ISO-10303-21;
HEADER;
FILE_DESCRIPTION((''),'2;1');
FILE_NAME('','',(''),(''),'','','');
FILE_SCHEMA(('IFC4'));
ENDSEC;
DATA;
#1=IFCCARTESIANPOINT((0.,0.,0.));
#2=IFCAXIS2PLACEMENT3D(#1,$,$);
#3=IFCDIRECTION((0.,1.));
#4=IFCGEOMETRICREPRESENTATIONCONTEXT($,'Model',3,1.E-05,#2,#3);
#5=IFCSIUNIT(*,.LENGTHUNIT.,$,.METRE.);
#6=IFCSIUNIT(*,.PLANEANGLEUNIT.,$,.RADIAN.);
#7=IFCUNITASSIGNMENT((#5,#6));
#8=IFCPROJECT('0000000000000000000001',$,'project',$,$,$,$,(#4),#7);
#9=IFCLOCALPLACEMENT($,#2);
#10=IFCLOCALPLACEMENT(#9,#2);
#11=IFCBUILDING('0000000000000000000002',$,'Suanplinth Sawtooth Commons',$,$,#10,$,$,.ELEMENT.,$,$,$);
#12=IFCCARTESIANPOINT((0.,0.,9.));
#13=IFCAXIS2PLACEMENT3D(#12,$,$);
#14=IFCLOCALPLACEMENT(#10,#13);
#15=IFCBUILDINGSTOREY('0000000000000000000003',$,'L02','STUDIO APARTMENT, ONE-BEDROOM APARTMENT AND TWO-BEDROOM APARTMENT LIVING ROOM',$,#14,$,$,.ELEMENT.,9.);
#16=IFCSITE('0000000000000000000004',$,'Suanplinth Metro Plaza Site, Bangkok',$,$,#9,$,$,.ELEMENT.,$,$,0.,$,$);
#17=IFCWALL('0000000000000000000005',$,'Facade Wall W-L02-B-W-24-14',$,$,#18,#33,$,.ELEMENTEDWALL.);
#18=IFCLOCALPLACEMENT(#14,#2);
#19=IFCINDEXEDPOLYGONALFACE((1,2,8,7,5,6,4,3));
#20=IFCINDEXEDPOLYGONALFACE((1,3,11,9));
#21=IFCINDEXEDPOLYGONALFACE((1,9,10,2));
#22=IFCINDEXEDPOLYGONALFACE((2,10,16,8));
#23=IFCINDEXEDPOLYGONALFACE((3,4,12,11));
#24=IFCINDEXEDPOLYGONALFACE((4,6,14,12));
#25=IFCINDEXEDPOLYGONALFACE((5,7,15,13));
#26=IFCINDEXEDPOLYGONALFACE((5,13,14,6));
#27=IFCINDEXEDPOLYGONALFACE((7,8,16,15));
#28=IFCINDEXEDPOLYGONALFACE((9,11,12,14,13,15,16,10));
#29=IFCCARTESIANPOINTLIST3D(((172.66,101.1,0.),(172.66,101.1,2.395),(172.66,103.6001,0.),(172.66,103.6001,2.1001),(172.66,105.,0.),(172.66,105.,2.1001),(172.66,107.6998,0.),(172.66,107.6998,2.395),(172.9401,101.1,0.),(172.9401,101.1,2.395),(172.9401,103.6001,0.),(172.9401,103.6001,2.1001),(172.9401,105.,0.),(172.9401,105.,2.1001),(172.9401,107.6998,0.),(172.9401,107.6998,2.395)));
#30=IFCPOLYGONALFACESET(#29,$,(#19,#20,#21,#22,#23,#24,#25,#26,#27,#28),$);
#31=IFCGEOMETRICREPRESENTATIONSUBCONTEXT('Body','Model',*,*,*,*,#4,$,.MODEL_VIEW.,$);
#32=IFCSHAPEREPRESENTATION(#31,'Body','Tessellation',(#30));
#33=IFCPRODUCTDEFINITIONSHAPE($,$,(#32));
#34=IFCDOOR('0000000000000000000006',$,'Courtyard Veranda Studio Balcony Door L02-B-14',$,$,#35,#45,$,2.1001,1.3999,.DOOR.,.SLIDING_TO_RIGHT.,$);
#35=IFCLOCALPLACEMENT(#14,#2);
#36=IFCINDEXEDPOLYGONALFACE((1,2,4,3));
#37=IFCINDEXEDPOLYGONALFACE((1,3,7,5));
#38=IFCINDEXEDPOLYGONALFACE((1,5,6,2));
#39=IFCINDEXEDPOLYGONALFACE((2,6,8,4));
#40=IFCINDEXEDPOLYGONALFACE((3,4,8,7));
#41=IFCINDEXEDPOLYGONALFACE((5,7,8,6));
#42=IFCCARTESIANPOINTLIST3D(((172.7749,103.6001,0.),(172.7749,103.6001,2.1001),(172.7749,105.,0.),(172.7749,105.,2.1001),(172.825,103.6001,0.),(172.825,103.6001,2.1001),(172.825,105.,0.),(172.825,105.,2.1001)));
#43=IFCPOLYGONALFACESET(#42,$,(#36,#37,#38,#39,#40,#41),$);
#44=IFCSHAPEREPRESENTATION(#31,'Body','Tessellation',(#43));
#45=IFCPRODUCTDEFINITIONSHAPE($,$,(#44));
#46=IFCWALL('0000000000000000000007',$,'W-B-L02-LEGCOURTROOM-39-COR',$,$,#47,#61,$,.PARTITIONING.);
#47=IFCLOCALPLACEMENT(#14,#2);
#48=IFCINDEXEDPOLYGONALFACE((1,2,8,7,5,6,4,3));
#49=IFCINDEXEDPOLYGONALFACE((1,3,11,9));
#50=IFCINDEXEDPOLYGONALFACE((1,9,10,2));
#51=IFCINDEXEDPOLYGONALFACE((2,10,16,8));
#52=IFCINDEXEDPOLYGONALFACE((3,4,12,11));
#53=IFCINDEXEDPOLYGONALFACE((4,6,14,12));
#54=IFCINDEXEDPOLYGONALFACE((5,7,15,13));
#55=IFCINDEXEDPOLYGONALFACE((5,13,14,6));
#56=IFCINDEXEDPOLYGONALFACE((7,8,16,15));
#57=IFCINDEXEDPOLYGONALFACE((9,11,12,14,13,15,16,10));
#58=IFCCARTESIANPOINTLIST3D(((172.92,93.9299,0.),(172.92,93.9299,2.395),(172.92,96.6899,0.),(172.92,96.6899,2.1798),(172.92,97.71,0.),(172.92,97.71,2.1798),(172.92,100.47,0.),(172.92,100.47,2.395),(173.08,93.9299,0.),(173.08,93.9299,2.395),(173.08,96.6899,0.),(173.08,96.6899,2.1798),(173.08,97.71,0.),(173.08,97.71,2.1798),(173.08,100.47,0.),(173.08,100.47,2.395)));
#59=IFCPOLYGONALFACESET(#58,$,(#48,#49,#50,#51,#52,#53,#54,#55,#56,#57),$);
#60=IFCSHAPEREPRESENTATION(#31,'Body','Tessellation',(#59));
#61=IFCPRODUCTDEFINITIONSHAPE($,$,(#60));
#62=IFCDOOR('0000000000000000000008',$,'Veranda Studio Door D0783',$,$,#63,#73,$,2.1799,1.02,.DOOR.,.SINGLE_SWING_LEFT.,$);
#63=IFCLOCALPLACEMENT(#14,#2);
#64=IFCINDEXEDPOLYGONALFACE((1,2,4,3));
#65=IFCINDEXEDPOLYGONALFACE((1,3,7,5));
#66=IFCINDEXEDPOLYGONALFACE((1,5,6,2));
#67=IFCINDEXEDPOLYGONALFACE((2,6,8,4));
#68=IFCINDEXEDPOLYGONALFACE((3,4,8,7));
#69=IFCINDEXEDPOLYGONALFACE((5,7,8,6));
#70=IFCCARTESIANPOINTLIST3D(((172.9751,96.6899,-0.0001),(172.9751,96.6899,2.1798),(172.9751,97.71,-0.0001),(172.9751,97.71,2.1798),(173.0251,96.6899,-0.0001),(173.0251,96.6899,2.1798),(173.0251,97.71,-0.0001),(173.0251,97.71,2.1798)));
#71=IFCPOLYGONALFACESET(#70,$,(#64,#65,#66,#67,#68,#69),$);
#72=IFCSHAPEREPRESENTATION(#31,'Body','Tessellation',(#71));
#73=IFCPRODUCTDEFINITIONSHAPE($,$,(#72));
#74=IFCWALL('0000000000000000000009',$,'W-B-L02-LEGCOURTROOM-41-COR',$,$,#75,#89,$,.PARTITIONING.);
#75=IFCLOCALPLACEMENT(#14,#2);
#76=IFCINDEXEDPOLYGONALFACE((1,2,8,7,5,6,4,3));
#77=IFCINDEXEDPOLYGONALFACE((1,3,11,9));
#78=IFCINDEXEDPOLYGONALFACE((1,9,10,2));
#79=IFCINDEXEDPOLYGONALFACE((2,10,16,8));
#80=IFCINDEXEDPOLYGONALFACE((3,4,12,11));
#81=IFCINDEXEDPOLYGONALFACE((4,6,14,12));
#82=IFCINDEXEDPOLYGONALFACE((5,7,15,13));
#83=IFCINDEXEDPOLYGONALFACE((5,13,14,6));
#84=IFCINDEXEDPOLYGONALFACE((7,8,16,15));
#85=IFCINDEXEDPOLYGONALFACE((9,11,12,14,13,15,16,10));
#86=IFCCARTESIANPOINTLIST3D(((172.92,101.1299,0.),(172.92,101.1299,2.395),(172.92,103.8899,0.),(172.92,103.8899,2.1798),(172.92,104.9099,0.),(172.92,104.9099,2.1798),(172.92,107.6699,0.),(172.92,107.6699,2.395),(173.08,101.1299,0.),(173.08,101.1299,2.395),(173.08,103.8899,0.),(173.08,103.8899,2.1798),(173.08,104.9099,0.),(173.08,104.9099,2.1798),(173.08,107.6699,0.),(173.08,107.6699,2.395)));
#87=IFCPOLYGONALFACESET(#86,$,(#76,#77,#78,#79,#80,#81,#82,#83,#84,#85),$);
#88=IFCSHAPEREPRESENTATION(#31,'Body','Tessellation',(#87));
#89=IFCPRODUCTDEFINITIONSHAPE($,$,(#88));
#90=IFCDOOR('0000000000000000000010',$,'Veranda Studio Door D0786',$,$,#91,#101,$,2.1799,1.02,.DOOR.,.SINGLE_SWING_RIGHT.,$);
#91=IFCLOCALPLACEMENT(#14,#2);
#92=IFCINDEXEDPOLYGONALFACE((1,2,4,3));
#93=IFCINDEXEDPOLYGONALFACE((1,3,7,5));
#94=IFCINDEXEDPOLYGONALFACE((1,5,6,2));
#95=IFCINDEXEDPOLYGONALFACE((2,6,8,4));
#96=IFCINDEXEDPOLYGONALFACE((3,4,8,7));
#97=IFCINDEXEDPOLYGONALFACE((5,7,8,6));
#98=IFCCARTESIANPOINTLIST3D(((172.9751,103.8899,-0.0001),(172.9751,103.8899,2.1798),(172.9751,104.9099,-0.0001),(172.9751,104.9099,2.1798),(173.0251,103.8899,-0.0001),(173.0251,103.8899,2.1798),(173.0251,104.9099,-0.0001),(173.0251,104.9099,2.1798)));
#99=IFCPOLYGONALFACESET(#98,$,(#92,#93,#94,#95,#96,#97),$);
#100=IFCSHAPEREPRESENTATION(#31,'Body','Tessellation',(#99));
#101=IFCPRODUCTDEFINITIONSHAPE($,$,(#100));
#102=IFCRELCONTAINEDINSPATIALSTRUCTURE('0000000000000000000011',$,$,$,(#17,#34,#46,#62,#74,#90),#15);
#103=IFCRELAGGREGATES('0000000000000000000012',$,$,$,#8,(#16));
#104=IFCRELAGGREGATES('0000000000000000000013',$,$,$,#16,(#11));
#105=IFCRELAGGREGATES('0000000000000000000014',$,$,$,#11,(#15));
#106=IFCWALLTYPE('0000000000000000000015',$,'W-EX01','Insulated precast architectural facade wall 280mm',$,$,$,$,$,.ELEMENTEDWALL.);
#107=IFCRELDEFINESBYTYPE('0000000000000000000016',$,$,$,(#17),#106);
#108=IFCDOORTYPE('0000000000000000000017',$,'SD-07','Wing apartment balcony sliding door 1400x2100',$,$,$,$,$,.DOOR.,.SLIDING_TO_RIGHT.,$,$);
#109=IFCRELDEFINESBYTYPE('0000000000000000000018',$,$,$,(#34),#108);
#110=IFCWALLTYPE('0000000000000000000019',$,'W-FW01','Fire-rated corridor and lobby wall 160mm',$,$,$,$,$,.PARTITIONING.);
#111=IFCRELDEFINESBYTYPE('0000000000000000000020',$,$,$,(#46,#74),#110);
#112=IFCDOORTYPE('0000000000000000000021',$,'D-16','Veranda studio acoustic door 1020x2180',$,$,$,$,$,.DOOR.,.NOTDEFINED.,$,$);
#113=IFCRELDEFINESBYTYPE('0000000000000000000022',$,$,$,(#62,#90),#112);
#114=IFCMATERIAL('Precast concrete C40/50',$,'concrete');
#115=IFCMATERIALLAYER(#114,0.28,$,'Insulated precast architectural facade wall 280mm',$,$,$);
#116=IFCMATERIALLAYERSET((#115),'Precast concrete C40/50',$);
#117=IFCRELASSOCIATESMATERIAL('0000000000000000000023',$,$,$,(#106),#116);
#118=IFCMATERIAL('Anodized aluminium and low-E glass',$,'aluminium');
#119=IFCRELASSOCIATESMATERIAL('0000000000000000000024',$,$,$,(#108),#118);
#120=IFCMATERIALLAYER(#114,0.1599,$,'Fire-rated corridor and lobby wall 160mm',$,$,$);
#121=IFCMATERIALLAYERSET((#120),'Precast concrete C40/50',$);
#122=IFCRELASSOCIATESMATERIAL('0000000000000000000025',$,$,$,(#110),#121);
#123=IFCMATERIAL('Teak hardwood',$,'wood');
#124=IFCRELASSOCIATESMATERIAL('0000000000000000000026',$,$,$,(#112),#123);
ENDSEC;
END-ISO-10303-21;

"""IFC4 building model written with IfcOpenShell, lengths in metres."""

from ifc_helpers import new_model, si_unit, direction, frame, frame_2d, origin, place, context, subcontext, project, spatial, rectangle, extrude, material, layer, layer_set, type_object, element, fill, save


model = new_model("IFC4")

# Units and contexts
model_context = context("Model", 3, precision=1e-05, world=origin(), true_north=direction((0.0, 1.0)))
body_context = subcontext(model_context, "Body", "Model", "MODEL_VIEW")
ifc_project = project(units=[si_unit("LENGTHUNIT", "METRE"), si_unit("PLANEANGLEUNIT", "RADIAN")], contexts=[model_context])

# Site, building, storey
site_placement = place(None, origin())
site = spatial("IfcSite", under=ifc_project, at=site_placement, Name="Suanplinth Metro Plaza Site, Bangkok", CompositionType="ELEMENT", RefElevation=0.0)
building_placement = place(site_placement, origin())
building = spatial("IfcBuilding", under=site, at=building_placement, Name="Suanplinth Sawtooth Commons", CompositionType="ELEMENT")
storey_placement = place(building_placement, frame((0.0, 0.0, 9.0)))
storey = spatial("IfcBuildingStorey", under=building, at=storey_placement, Name="L02", Description="STUDIO APARTMENT, ONE-BEDROOM APARTMENT AND TWO-BEDROOM APARTMENT LIVING ROOM", CompositionType="ELEMENT", Elevation=9.0)

# Shared definitions
ifc_material_1 = material(Name="Precast concrete C40/50", Category="concrete")

# Shared definitions
ifc_layer_1 = layer(ifc_material_1, 0.28, Name="Insulated precast architectural facade wall 280mm")
ifc_layer_set_1 = layer_set([ifc_layer_1], Name="Precast concrete C40/50")
wall_type_1 = type_object("IfcWallType", Name="W-EX01", Description="Insulated precast architectural facade wall 280mm", PredefinedType="ELEMENTEDWALL", material=ifc_layer_set_1)

# Walls, openings, doors
ifc_material_2 = material(Name="Anodized aluminium and low-E glass", Category="aluminium")
door_type_1 = type_object("IfcDoorType", Name="SD-07", Description="Wing apartment balcony sliding door 1400x2100", OperationType="SLIDING_TO_RIGHT", PredefinedType="DOOR", material=ifc_material_2)
wall_1_placement = place(storey_placement, frame((172.8, 101.1001, 0.0), z_axis=(0.0, 0.0, 1.0), x_axis=(0.0, 1.0, 0.0)))
wall_1 = element("IfcWall", 1, at=wall_1_placement, inside=storey, type_object=wall_type_1, Name="Facade Wall W-L02-B-W-24-14", PredefinedType="ELEMENTEDWALL", context=body_context, shape_type="SweptSolid", body=[
    extrude(rectangle(XDim=6.5999, YDim=0.28, at=frame_2d((3.2998, 0.0))), origin(), (0.0, 0.0, 1.0), 2.395),
])
opening_1_placement = place(wall_1_placement, frame((2.5, 0.0, 0.0)))
opening_1 = element("IfcOpeningElement", 2, at=opening_1_placement, cuts=wall_1, PredefinedType="OPENING", context=body_context, shape_type="SweptSolid", body=[
    extrude(rectangle(XDim=1.3999, YDim=2.1001, at=frame_2d((0.7, 1.05))), frame((0.0, 0.1548, 0.0), z_axis=(0.0, -1.0, 0.0), x_axis=(1.0, 0.0, 0.0)), (0.0, 0.0, 1.0), 0.3098),
])
door_1_placement = place(opening_1_placement, frame((1.3999, 0.0, 0.0), z_axis=(0.0, 0.0, 1.0), x_axis=(-1.0, 0.0, 0.0)))
door_1 = element("IfcDoor", 3, at=door_1_placement, inside=storey, type_object=door_type_1, Name="Courtyard Veranda Studio Balcony Door L02-B-14", OperationType="SLIDING_TO_RIGHT", OverallHeight=2.1001, OverallWidth=1.3999, PredefinedType="DOOR", context=body_context, shape_type="SweptSolid", body=[
    extrude(rectangle(XDim=1.3999, YDim=2.1001, at=frame_2d((0.7, 1.05))), frame((0.0, 0.0249, 0.0), z_axis=(0.0, -1.0, 0.0), x_axis=(1.0, 0.0, 0.0)), (0.0, 0.0, 1.0), 0.05),
])
fill(opening_1, door_1)
ifc_layer_2 = layer(ifc_material_1, 0.1599, Name="Fire-rated corridor and lobby wall 160mm")
ifc_layer_set_2 = layer_set([ifc_layer_2], Name="Precast concrete C40/50")
wall_type_2 = type_object("IfcWallType", Name="W-FW01", Description="Fire-rated corridor and lobby wall 160mm", PredefinedType="PARTITIONING", material=ifc_layer_set_2)
wall_2_placement = place(storey_placement, frame((173.0, 93.9299, 0.0), z_axis=(0.0, 0.0, 1.0), x_axis=(0.0, 1.0, 0.0)))
wall_2 = element("IfcWall", 4, at=wall_2_placement, inside=storey, type_object=wall_type_2, Name="W-B-L02-LEGCOURTROOM-39-COR", PredefinedType="PARTITIONING", context=body_context, shape_type="SweptSolid", body=[
    extrude(rectangle(XDim=6.54, YDim=0.1599, at=frame_2d((3.27, 0.0))), origin(), (0.0, 0.0, 1.0), 2.395),
])
opening_2_placement = place(wall_2_placement, frame((2.76, 0.0, 0.0)))
opening_2 = element("IfcOpeningElement", 5, at=opening_2_placement, cuts=wall_2, PredefinedType="OPENING", context=body_context, shape_type="SweptSolid", body=[
    extrude(rectangle(XDim=1.02, YDim=2.1799, at=frame_2d((0.51, 1.0898))), frame((0.0, 0.0947, 0.0), z_axis=(0.0, -1.0, 0.0), x_axis=(1.0, 0.0, 0.0)), (0.0, 0.0, 1.0), 0.1897),
])
ifc_material_3 = material(Name="Teak hardwood", Category="wood")
door_type_2 = type_object("IfcDoorType", Name="D-16", Description="Veranda studio acoustic door 1020x2180", OperationType="NOTDEFINED", PredefinedType="DOOR", material=ifc_material_3)
door_2_placement = place(opening_2_placement, origin())
door_2 = element("IfcDoor", 6, at=door_2_placement, inside=storey, type_object=door_type_2, Name="Veranda Studio Door D0783", OperationType="SINGLE_SWING_LEFT", OverallHeight=2.1799, OverallWidth=1.02, PredefinedType="DOOR", context=body_context, shape_type="SweptSolid", body=[
    extrude(rectangle(XDim=1.02, YDim=2.1799, at=frame_2d((0.51, 1.0898))), frame((0.0, 0.0249, 0.0), z_axis=(0.0, -1.0, 0.0), x_axis=(1.0, 0.0, 0.0)), (0.0, 0.0, 1.0), 0.05),
])
fill(opening_2, door_2)
wall_3_placement = place(storey_placement, frame((173.0, 101.1299, 0.0), z_axis=(0.0, 0.0, 1.0), x_axis=(0.0, 1.0, 0.0)))
wall_3 = element("IfcWall", 7, at=wall_3_placement, inside=storey, type_object=wall_type_2, Name="W-B-L02-LEGCOURTROOM-41-COR", PredefinedType="PARTITIONING", context=body_context, shape_type="SweptSolid", body=[
    extrude(rectangle(XDim=6.54, YDim=0.1599, at=frame_2d((3.27, 0.0))), origin(), (0.0, 0.0, 1.0), 2.395),
])
opening_3_placement = place(wall_3_placement, frame((2.76, 0.0, 0.0)))
opening_3 = element("IfcOpeningElement", 8, at=opening_3_placement, cuts=wall_3, PredefinedType="OPENING", context=body_context, shape_type="SweptSolid", body=[
    extrude(rectangle(XDim=1.02, YDim=2.1799, at=frame_2d((0.51, 1.0898))), frame((0.0, 0.0947, 0.0), z_axis=(0.0, -1.0, 0.0), x_axis=(1.0, 0.0, 0.0)), (0.0, 0.0, 1.0), 0.1897),
])
door_3_placement = place(opening_3_placement, origin())
door_3 = element("IfcDoor", 9, at=door_3_placement, inside=storey, type_object=door_type_2, Name="Veranda Studio Door D0786", OperationType="SINGLE_SWING_RIGHT", OverallHeight=2.1799, OverallWidth=1.02, PredefinedType="DOOR", context=body_context, shape_type="SweptSolid", body=[
    extrude(rectangle(XDim=1.02, YDim=2.1799, at=frame_2d((0.51, 1.0898))), frame((0.0, 0.0249, 0.0), z_axis=(0.0, -1.0, 0.0), x_axis=(1.0, 0.0, 0.0)), (0.0, 0.0, 1.0), 0.05),
])
fill(opening_3, door_3)

save(model, "model.ifc")
